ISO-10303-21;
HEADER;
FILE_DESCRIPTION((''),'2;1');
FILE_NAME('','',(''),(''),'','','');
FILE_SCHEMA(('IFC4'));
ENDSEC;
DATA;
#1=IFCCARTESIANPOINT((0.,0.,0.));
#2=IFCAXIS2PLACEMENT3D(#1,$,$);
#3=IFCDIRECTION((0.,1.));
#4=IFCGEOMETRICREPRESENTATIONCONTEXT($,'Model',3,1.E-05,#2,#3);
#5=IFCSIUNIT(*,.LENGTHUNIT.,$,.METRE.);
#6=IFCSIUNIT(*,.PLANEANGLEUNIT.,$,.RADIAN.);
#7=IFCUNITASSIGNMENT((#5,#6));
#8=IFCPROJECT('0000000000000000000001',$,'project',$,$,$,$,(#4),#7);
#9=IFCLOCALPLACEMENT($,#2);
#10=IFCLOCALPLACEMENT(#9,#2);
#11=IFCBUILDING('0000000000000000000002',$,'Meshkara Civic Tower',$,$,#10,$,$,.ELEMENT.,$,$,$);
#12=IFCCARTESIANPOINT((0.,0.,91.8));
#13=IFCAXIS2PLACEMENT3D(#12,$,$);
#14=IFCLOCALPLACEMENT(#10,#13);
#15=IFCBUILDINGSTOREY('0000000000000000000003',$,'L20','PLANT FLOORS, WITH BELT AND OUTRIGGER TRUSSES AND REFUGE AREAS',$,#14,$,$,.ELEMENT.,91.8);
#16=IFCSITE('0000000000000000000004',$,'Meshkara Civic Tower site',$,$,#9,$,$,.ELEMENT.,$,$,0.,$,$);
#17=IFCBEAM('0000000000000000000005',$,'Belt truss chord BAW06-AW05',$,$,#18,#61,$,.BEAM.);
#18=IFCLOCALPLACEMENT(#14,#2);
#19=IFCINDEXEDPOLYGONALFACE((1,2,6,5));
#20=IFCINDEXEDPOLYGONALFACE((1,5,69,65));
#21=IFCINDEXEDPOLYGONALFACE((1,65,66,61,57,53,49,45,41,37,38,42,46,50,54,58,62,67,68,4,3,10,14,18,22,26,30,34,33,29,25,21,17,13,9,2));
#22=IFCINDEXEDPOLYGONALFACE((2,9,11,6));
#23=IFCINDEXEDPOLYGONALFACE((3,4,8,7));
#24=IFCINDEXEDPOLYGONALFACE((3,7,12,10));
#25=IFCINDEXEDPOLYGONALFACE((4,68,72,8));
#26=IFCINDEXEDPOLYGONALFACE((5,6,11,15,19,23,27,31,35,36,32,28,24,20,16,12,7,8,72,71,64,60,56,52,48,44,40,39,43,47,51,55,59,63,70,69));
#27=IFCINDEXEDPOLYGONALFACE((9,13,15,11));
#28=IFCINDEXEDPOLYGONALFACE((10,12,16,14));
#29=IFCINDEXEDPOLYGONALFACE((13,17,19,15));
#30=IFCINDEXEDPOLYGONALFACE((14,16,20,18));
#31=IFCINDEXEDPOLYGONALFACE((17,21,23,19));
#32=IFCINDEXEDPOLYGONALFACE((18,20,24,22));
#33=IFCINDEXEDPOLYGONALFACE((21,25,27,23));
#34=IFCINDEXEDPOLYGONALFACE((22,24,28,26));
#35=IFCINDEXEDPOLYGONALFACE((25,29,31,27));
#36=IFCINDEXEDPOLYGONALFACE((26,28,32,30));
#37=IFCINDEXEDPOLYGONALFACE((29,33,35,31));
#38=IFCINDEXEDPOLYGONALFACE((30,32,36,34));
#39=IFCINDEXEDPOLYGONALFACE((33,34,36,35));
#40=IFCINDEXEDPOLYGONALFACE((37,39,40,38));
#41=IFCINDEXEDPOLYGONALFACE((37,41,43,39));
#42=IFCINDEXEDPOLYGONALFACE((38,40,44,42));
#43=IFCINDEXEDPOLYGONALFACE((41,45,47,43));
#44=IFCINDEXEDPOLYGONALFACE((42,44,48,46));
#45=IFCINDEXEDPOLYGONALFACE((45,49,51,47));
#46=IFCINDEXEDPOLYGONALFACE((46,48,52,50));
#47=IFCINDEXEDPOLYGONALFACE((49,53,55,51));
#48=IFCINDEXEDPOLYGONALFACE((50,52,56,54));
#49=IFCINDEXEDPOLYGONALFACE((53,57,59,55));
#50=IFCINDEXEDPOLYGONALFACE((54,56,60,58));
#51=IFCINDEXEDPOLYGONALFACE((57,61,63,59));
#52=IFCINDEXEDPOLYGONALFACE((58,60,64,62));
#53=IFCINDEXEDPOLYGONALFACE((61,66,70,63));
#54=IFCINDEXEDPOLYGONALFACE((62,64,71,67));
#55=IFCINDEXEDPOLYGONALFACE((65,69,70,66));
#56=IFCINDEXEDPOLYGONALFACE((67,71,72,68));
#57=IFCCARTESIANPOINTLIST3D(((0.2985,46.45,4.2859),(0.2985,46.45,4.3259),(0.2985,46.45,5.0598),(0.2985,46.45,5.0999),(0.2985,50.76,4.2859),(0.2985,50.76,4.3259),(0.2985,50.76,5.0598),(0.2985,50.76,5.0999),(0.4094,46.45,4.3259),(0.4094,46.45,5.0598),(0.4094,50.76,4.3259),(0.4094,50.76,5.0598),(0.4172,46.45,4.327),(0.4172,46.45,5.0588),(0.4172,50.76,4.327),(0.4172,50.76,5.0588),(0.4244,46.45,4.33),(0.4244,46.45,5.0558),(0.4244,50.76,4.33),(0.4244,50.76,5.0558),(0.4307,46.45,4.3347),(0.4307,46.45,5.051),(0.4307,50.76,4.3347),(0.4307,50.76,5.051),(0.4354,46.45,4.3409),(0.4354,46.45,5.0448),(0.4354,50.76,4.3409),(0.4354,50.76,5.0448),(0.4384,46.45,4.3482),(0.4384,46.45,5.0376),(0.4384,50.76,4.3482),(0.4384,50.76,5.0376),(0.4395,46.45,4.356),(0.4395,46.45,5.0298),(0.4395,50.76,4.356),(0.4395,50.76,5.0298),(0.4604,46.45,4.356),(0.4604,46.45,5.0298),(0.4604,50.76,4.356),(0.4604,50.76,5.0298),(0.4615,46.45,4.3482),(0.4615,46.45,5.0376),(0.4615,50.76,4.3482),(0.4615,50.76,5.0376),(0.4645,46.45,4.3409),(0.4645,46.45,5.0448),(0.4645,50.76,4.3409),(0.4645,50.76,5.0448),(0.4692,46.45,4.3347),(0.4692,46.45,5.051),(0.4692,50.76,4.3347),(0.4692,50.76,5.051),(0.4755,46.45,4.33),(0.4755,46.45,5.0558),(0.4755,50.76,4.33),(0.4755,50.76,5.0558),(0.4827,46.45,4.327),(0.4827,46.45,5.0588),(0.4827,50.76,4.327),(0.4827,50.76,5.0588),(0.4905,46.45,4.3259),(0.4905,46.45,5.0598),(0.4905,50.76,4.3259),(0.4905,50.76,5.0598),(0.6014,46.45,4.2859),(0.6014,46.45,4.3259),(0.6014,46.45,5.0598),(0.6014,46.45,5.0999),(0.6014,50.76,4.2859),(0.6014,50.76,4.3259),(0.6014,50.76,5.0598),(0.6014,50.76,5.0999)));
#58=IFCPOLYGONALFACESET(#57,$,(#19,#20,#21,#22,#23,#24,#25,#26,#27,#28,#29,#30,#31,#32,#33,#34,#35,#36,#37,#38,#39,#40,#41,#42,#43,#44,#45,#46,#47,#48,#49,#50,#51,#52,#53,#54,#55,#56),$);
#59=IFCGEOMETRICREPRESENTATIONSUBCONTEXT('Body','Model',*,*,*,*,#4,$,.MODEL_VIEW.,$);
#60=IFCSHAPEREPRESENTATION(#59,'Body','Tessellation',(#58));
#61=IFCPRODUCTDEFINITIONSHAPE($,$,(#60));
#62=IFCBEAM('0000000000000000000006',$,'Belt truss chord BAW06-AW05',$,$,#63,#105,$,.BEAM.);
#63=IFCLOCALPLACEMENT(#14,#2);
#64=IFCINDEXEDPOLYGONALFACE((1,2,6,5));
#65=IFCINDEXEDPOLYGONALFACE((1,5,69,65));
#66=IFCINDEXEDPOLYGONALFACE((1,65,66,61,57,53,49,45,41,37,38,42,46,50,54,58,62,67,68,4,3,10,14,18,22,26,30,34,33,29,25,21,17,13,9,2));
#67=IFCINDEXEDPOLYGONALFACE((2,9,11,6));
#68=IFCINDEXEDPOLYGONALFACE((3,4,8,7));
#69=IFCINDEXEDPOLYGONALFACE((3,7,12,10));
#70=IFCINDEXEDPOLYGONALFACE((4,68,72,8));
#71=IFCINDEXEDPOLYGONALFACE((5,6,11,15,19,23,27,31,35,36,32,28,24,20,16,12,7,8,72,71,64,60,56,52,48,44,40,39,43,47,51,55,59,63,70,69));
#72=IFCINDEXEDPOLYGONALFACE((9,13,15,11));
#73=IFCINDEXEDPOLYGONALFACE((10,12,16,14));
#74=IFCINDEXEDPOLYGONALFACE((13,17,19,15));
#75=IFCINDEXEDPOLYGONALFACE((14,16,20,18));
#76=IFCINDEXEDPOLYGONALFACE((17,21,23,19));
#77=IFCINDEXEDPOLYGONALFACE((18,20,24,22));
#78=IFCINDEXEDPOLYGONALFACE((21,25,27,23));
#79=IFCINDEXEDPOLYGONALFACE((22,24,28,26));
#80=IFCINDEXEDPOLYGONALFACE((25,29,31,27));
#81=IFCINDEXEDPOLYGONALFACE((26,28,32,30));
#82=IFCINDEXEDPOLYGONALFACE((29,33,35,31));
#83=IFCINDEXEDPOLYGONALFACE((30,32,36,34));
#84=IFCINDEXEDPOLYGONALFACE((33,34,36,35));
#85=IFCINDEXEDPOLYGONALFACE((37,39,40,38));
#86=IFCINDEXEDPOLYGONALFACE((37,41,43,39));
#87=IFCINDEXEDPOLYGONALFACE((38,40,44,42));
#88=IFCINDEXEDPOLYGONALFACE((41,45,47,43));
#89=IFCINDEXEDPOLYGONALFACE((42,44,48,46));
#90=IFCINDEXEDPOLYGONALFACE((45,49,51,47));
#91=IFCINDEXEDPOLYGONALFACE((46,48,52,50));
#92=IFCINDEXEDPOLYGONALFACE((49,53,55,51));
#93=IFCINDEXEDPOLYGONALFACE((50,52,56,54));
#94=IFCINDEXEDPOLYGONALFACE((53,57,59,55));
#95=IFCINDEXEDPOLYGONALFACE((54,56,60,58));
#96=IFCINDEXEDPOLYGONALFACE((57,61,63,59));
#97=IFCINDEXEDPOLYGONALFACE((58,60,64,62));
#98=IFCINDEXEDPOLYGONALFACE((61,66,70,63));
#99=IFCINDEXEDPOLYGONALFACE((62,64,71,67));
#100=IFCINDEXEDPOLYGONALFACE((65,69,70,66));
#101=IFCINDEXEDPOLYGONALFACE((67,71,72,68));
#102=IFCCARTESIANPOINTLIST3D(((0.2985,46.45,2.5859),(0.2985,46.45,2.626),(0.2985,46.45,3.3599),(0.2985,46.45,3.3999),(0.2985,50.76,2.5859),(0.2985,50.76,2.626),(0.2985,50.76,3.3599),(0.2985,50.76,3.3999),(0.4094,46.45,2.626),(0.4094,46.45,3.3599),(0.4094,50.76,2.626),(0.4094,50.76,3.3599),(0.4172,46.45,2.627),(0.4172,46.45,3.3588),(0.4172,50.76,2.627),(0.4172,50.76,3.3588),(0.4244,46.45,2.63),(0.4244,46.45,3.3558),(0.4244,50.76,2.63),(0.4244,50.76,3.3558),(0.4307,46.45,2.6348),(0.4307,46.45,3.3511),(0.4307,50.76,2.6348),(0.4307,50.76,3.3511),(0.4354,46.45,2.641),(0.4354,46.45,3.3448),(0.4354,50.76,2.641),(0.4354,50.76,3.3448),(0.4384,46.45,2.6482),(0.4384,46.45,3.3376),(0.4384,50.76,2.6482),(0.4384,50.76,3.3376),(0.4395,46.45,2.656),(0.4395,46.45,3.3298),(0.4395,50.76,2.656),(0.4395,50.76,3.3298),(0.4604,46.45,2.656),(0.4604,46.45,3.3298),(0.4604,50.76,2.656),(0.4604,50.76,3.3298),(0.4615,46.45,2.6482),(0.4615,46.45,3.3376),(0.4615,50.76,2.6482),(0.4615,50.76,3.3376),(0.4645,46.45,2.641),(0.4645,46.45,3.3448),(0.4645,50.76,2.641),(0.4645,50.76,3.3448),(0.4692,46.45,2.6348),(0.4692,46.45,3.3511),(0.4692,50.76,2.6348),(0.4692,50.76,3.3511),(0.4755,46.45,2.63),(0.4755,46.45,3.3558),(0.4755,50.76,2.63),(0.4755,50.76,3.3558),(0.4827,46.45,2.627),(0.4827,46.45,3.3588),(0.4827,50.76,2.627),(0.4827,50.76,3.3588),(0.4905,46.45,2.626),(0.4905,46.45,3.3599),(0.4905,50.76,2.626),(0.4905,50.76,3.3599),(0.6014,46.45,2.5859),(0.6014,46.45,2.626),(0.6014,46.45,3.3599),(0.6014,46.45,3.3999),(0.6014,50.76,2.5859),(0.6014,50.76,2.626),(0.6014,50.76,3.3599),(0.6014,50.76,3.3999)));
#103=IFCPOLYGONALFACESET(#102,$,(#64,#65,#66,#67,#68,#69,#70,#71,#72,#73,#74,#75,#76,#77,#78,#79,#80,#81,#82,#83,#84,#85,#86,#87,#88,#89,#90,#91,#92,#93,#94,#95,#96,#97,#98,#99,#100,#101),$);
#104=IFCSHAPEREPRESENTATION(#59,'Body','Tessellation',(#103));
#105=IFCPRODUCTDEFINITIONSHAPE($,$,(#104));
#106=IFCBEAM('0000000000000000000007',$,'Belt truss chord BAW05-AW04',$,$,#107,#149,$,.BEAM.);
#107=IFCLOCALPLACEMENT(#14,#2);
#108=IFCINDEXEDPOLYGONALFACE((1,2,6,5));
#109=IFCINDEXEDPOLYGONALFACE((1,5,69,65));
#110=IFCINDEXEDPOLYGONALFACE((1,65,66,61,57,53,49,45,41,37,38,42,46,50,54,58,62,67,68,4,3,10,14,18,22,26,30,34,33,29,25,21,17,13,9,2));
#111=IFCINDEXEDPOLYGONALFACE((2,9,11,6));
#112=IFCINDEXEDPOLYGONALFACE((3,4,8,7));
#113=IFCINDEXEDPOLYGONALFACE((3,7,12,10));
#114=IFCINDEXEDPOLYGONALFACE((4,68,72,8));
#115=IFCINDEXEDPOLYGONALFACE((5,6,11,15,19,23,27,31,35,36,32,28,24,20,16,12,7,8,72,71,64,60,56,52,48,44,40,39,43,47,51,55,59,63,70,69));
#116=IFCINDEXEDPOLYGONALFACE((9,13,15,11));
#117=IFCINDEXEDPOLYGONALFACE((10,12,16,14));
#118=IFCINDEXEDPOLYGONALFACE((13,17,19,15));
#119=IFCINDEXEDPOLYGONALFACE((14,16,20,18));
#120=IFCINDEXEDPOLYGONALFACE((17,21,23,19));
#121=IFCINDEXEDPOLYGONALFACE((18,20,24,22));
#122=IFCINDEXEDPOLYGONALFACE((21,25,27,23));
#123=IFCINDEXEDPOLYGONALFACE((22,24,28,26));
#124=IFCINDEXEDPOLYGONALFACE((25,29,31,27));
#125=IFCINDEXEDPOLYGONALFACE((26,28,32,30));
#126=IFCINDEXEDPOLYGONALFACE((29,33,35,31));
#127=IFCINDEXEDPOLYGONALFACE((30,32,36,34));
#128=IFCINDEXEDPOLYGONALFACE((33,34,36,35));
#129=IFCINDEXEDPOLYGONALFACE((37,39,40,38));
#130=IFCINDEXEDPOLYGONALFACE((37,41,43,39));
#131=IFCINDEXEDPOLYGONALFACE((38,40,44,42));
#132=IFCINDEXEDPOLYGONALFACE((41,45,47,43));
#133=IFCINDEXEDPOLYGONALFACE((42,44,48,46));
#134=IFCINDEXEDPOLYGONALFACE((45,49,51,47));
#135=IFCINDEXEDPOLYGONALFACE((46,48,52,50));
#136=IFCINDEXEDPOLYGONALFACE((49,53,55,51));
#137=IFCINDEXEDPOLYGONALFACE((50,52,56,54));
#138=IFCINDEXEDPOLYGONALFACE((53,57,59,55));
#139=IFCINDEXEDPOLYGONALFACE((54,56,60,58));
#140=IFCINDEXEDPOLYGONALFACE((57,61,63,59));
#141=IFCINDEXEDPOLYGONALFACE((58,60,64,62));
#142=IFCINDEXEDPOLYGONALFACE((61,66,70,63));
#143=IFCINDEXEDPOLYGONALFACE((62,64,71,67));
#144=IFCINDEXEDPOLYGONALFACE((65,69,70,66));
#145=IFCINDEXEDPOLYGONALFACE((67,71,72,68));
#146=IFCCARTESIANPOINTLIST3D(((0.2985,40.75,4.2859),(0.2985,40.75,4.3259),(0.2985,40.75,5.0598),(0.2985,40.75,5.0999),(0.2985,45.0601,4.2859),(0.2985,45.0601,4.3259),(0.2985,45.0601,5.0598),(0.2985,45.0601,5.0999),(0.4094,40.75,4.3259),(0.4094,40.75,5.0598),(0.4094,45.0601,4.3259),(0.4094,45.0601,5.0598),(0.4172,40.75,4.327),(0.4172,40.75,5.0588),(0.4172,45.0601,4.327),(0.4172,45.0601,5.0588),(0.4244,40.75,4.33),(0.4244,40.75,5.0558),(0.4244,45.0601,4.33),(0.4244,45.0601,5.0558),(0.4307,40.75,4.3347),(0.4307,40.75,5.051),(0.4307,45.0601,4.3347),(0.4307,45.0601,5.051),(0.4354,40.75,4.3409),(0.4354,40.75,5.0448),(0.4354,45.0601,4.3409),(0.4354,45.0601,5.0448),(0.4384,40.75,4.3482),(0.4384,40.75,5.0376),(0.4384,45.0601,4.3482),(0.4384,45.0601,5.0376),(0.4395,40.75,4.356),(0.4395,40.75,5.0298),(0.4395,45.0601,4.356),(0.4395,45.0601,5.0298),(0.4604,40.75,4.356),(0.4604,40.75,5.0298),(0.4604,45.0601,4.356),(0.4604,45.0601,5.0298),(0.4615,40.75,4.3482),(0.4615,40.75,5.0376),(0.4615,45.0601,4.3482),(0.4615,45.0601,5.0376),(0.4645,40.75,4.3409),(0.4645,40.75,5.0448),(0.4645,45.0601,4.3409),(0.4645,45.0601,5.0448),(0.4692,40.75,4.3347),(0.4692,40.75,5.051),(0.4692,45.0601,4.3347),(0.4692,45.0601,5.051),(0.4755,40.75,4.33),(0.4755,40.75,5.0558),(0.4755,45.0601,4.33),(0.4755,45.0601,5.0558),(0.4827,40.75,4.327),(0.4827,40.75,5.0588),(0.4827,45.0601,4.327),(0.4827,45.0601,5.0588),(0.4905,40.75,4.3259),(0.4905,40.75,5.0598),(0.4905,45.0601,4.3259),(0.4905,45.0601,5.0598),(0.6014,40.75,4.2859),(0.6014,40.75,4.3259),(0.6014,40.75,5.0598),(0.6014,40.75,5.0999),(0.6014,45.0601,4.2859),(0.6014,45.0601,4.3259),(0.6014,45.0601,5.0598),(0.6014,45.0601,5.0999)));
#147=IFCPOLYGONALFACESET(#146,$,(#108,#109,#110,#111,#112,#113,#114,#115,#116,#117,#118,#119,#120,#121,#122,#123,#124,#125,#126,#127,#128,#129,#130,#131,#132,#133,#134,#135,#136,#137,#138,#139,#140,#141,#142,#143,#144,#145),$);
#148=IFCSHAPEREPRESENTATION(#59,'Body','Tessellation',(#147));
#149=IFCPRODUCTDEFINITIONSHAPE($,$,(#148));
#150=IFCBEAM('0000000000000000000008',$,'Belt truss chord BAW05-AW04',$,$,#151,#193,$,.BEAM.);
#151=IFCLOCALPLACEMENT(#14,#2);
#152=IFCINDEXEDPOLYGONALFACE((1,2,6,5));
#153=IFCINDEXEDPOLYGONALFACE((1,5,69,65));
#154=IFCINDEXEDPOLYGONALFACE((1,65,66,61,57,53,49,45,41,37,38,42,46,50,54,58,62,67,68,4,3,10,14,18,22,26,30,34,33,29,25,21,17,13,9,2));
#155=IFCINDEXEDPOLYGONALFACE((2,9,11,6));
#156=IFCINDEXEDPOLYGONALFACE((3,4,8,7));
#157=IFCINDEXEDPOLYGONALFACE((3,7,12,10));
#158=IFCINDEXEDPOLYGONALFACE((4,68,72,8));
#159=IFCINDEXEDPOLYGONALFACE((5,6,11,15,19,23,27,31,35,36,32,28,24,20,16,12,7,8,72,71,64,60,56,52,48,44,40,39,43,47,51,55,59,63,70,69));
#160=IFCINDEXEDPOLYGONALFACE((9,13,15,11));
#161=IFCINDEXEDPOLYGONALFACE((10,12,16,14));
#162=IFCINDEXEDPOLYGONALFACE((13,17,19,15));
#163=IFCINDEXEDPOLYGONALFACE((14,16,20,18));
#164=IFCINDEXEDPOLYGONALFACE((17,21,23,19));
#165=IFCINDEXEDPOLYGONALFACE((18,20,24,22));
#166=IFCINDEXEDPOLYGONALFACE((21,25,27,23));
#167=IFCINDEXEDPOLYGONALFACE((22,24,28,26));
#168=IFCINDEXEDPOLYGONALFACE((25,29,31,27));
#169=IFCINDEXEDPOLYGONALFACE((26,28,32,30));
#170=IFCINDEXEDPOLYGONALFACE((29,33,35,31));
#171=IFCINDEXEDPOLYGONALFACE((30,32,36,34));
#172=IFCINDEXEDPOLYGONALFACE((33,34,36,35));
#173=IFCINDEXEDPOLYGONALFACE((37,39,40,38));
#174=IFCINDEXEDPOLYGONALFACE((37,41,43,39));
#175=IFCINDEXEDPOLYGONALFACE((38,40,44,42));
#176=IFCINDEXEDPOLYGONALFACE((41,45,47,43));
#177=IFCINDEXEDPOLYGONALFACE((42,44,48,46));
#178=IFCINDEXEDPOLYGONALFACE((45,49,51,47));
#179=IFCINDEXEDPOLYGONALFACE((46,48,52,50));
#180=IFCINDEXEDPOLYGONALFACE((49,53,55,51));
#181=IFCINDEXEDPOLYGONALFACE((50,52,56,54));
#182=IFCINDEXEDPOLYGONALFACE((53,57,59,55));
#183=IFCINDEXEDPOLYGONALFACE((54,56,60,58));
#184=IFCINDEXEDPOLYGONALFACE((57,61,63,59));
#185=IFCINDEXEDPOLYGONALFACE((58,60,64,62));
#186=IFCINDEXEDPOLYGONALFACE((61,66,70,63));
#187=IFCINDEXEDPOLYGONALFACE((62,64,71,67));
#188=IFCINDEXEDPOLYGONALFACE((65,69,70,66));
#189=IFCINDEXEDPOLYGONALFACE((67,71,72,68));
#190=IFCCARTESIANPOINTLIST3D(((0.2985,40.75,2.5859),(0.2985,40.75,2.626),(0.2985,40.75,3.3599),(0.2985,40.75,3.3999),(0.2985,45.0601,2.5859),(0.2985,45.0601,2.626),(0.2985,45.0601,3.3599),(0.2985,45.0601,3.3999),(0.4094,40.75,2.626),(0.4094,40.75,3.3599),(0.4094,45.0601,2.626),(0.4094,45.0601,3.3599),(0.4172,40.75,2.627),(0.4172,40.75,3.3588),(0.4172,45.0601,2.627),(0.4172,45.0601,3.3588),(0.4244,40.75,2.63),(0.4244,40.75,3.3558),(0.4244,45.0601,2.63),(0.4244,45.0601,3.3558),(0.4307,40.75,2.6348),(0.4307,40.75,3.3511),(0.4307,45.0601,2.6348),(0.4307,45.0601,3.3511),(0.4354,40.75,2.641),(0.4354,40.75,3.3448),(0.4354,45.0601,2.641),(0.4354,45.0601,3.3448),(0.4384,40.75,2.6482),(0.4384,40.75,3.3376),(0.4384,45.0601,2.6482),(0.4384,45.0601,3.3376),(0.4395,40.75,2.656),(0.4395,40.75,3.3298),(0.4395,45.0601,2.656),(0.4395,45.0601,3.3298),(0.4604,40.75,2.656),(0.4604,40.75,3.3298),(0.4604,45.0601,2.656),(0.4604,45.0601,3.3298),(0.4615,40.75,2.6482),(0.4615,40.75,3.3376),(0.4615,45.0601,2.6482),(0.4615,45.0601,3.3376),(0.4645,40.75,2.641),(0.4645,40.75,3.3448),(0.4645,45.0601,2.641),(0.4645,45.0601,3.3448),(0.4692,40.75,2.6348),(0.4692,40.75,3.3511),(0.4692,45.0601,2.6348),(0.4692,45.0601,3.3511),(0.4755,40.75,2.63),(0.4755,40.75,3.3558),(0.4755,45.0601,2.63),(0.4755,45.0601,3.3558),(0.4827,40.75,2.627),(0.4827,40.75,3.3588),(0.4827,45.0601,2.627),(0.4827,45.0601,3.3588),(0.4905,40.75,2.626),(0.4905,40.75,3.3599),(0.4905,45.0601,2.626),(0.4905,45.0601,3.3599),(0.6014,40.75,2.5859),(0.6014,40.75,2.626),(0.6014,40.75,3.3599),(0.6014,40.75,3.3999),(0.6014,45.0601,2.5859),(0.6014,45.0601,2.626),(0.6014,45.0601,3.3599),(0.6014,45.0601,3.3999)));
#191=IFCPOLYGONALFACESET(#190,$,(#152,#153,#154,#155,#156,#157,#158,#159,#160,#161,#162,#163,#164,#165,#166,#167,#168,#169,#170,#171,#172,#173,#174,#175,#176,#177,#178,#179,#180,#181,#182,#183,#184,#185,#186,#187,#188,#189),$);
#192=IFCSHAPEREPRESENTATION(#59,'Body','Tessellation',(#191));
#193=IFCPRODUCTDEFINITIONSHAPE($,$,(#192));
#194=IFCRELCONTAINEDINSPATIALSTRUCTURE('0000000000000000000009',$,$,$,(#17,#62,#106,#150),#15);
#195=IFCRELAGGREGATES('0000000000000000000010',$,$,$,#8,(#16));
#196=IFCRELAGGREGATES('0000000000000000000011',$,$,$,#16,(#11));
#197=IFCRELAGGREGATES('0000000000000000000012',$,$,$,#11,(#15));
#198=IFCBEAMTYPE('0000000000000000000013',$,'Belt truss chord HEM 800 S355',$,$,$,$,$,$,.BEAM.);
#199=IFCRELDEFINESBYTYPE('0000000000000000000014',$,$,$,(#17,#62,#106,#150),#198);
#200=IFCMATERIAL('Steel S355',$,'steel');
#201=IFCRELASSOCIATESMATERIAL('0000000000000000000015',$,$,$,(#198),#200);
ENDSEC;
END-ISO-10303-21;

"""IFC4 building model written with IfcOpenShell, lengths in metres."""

from ifc_helpers import new_model, si_unit, direction, frame, origin, origin_2d, place, context, subcontext, project, spatial, i_section, extrude, material, material_profile, profile_set, type_object, element, save


model = new_model("IFC4")

# Units and contexts
model_context = context("Model", 3, precision=1e-05, world=origin(), true_north=direction((0.0, 1.0)))
body_context = subcontext(model_context, "Body", "Model", "MODEL_VIEW")
ifc_project = project(units=[si_unit("LENGTHUNIT", "METRE"), si_unit("PLANEANGLEUNIT", "RADIAN")], contexts=[model_context])

# Site, building, storey
site_placement = place(None, origin())
site = spatial("IfcSite", under=ifc_project, at=site_placement, Name="Meshkara Civic Tower site", CompositionType="ELEMENT", RefElevation=0.0)
building_placement = place(site_placement, origin())
building = spatial("IfcBuilding", under=site, at=building_placement, Name="Meshkara Civic Tower", CompositionType="ELEMENT")
storey_placement = place(building_placement, frame((0.0, 0.0, 91.8)))
storey = spatial("IfcBuildingStorey", under=building, at=storey_placement, Name="L20", Description="PLANT FLOORS, WITH BELT AND OUTRIGGER TRUSSES AND REFUGE AREAS", CompositionType="ELEMENT", Elevation=91.8)

# Beams
ifc_material_1 = material(Name="Steel S355", Category="steel")
ifc_material_profile_1 = material_profile(ifc_material_1, i_section(OverallWidth=0.303, OverallDepth=0.814, WebThickness=0.021, FlangeThickness=0.04, FilletRadius=0.03, at=origin_2d()))
ifc_profile_set_1 = profile_set([ifc_material_profile_1], Name="Steel S355")
beam_type_1 = type_object("IfcBeamType", Name="Belt truss chord HEM 800 S355", PredefinedType="BEAM", material=ifc_profile_set_1)
for number, where, z_axis, x_axis, name in (
    (1, (0.45, 50.76, 4.6929), (0.0, -1.0, 0.0), (1.0, 0.0, 0.0), "Belt truss chord BAW06-AW05"),
    (2, (0.45, 50.76, 2.9929), (0.0, -1.0, 0.0), (1.0, 0.0, 0.0), "Belt truss chord BAW06-AW05"),
    (3, (0.45, 45.0601, 4.6929), (0.0, -1.0, 0.0), (1.0, 0.0, 0.0), "Belt truss chord BAW05-AW04"),
    (4, (0.45, 45.0601, 2.9929), (0.0, -1.0, 0.0), (1.0, 0.0, 0.0), "Belt truss chord BAW05-AW04"),
):
    element("IfcBeam", number, at=place(storey_placement, frame(where, z_axis=z_axis, x_axis=x_axis)), inside=storey, type_object=beam_type_1, Name=name, PredefinedType="BEAM", context=body_context, shape_type="SweptSolid", body=[
        extrude(i_section(OverallWidth=0.303, OverallDepth=0.814, WebThickness=0.021, FlangeThickness=0.04, FilletRadius=0.03, at=origin_2d()), origin(), (0.0, 0.0, 1.0), 4.3101),
    ])

save(model, "model.ifc")
